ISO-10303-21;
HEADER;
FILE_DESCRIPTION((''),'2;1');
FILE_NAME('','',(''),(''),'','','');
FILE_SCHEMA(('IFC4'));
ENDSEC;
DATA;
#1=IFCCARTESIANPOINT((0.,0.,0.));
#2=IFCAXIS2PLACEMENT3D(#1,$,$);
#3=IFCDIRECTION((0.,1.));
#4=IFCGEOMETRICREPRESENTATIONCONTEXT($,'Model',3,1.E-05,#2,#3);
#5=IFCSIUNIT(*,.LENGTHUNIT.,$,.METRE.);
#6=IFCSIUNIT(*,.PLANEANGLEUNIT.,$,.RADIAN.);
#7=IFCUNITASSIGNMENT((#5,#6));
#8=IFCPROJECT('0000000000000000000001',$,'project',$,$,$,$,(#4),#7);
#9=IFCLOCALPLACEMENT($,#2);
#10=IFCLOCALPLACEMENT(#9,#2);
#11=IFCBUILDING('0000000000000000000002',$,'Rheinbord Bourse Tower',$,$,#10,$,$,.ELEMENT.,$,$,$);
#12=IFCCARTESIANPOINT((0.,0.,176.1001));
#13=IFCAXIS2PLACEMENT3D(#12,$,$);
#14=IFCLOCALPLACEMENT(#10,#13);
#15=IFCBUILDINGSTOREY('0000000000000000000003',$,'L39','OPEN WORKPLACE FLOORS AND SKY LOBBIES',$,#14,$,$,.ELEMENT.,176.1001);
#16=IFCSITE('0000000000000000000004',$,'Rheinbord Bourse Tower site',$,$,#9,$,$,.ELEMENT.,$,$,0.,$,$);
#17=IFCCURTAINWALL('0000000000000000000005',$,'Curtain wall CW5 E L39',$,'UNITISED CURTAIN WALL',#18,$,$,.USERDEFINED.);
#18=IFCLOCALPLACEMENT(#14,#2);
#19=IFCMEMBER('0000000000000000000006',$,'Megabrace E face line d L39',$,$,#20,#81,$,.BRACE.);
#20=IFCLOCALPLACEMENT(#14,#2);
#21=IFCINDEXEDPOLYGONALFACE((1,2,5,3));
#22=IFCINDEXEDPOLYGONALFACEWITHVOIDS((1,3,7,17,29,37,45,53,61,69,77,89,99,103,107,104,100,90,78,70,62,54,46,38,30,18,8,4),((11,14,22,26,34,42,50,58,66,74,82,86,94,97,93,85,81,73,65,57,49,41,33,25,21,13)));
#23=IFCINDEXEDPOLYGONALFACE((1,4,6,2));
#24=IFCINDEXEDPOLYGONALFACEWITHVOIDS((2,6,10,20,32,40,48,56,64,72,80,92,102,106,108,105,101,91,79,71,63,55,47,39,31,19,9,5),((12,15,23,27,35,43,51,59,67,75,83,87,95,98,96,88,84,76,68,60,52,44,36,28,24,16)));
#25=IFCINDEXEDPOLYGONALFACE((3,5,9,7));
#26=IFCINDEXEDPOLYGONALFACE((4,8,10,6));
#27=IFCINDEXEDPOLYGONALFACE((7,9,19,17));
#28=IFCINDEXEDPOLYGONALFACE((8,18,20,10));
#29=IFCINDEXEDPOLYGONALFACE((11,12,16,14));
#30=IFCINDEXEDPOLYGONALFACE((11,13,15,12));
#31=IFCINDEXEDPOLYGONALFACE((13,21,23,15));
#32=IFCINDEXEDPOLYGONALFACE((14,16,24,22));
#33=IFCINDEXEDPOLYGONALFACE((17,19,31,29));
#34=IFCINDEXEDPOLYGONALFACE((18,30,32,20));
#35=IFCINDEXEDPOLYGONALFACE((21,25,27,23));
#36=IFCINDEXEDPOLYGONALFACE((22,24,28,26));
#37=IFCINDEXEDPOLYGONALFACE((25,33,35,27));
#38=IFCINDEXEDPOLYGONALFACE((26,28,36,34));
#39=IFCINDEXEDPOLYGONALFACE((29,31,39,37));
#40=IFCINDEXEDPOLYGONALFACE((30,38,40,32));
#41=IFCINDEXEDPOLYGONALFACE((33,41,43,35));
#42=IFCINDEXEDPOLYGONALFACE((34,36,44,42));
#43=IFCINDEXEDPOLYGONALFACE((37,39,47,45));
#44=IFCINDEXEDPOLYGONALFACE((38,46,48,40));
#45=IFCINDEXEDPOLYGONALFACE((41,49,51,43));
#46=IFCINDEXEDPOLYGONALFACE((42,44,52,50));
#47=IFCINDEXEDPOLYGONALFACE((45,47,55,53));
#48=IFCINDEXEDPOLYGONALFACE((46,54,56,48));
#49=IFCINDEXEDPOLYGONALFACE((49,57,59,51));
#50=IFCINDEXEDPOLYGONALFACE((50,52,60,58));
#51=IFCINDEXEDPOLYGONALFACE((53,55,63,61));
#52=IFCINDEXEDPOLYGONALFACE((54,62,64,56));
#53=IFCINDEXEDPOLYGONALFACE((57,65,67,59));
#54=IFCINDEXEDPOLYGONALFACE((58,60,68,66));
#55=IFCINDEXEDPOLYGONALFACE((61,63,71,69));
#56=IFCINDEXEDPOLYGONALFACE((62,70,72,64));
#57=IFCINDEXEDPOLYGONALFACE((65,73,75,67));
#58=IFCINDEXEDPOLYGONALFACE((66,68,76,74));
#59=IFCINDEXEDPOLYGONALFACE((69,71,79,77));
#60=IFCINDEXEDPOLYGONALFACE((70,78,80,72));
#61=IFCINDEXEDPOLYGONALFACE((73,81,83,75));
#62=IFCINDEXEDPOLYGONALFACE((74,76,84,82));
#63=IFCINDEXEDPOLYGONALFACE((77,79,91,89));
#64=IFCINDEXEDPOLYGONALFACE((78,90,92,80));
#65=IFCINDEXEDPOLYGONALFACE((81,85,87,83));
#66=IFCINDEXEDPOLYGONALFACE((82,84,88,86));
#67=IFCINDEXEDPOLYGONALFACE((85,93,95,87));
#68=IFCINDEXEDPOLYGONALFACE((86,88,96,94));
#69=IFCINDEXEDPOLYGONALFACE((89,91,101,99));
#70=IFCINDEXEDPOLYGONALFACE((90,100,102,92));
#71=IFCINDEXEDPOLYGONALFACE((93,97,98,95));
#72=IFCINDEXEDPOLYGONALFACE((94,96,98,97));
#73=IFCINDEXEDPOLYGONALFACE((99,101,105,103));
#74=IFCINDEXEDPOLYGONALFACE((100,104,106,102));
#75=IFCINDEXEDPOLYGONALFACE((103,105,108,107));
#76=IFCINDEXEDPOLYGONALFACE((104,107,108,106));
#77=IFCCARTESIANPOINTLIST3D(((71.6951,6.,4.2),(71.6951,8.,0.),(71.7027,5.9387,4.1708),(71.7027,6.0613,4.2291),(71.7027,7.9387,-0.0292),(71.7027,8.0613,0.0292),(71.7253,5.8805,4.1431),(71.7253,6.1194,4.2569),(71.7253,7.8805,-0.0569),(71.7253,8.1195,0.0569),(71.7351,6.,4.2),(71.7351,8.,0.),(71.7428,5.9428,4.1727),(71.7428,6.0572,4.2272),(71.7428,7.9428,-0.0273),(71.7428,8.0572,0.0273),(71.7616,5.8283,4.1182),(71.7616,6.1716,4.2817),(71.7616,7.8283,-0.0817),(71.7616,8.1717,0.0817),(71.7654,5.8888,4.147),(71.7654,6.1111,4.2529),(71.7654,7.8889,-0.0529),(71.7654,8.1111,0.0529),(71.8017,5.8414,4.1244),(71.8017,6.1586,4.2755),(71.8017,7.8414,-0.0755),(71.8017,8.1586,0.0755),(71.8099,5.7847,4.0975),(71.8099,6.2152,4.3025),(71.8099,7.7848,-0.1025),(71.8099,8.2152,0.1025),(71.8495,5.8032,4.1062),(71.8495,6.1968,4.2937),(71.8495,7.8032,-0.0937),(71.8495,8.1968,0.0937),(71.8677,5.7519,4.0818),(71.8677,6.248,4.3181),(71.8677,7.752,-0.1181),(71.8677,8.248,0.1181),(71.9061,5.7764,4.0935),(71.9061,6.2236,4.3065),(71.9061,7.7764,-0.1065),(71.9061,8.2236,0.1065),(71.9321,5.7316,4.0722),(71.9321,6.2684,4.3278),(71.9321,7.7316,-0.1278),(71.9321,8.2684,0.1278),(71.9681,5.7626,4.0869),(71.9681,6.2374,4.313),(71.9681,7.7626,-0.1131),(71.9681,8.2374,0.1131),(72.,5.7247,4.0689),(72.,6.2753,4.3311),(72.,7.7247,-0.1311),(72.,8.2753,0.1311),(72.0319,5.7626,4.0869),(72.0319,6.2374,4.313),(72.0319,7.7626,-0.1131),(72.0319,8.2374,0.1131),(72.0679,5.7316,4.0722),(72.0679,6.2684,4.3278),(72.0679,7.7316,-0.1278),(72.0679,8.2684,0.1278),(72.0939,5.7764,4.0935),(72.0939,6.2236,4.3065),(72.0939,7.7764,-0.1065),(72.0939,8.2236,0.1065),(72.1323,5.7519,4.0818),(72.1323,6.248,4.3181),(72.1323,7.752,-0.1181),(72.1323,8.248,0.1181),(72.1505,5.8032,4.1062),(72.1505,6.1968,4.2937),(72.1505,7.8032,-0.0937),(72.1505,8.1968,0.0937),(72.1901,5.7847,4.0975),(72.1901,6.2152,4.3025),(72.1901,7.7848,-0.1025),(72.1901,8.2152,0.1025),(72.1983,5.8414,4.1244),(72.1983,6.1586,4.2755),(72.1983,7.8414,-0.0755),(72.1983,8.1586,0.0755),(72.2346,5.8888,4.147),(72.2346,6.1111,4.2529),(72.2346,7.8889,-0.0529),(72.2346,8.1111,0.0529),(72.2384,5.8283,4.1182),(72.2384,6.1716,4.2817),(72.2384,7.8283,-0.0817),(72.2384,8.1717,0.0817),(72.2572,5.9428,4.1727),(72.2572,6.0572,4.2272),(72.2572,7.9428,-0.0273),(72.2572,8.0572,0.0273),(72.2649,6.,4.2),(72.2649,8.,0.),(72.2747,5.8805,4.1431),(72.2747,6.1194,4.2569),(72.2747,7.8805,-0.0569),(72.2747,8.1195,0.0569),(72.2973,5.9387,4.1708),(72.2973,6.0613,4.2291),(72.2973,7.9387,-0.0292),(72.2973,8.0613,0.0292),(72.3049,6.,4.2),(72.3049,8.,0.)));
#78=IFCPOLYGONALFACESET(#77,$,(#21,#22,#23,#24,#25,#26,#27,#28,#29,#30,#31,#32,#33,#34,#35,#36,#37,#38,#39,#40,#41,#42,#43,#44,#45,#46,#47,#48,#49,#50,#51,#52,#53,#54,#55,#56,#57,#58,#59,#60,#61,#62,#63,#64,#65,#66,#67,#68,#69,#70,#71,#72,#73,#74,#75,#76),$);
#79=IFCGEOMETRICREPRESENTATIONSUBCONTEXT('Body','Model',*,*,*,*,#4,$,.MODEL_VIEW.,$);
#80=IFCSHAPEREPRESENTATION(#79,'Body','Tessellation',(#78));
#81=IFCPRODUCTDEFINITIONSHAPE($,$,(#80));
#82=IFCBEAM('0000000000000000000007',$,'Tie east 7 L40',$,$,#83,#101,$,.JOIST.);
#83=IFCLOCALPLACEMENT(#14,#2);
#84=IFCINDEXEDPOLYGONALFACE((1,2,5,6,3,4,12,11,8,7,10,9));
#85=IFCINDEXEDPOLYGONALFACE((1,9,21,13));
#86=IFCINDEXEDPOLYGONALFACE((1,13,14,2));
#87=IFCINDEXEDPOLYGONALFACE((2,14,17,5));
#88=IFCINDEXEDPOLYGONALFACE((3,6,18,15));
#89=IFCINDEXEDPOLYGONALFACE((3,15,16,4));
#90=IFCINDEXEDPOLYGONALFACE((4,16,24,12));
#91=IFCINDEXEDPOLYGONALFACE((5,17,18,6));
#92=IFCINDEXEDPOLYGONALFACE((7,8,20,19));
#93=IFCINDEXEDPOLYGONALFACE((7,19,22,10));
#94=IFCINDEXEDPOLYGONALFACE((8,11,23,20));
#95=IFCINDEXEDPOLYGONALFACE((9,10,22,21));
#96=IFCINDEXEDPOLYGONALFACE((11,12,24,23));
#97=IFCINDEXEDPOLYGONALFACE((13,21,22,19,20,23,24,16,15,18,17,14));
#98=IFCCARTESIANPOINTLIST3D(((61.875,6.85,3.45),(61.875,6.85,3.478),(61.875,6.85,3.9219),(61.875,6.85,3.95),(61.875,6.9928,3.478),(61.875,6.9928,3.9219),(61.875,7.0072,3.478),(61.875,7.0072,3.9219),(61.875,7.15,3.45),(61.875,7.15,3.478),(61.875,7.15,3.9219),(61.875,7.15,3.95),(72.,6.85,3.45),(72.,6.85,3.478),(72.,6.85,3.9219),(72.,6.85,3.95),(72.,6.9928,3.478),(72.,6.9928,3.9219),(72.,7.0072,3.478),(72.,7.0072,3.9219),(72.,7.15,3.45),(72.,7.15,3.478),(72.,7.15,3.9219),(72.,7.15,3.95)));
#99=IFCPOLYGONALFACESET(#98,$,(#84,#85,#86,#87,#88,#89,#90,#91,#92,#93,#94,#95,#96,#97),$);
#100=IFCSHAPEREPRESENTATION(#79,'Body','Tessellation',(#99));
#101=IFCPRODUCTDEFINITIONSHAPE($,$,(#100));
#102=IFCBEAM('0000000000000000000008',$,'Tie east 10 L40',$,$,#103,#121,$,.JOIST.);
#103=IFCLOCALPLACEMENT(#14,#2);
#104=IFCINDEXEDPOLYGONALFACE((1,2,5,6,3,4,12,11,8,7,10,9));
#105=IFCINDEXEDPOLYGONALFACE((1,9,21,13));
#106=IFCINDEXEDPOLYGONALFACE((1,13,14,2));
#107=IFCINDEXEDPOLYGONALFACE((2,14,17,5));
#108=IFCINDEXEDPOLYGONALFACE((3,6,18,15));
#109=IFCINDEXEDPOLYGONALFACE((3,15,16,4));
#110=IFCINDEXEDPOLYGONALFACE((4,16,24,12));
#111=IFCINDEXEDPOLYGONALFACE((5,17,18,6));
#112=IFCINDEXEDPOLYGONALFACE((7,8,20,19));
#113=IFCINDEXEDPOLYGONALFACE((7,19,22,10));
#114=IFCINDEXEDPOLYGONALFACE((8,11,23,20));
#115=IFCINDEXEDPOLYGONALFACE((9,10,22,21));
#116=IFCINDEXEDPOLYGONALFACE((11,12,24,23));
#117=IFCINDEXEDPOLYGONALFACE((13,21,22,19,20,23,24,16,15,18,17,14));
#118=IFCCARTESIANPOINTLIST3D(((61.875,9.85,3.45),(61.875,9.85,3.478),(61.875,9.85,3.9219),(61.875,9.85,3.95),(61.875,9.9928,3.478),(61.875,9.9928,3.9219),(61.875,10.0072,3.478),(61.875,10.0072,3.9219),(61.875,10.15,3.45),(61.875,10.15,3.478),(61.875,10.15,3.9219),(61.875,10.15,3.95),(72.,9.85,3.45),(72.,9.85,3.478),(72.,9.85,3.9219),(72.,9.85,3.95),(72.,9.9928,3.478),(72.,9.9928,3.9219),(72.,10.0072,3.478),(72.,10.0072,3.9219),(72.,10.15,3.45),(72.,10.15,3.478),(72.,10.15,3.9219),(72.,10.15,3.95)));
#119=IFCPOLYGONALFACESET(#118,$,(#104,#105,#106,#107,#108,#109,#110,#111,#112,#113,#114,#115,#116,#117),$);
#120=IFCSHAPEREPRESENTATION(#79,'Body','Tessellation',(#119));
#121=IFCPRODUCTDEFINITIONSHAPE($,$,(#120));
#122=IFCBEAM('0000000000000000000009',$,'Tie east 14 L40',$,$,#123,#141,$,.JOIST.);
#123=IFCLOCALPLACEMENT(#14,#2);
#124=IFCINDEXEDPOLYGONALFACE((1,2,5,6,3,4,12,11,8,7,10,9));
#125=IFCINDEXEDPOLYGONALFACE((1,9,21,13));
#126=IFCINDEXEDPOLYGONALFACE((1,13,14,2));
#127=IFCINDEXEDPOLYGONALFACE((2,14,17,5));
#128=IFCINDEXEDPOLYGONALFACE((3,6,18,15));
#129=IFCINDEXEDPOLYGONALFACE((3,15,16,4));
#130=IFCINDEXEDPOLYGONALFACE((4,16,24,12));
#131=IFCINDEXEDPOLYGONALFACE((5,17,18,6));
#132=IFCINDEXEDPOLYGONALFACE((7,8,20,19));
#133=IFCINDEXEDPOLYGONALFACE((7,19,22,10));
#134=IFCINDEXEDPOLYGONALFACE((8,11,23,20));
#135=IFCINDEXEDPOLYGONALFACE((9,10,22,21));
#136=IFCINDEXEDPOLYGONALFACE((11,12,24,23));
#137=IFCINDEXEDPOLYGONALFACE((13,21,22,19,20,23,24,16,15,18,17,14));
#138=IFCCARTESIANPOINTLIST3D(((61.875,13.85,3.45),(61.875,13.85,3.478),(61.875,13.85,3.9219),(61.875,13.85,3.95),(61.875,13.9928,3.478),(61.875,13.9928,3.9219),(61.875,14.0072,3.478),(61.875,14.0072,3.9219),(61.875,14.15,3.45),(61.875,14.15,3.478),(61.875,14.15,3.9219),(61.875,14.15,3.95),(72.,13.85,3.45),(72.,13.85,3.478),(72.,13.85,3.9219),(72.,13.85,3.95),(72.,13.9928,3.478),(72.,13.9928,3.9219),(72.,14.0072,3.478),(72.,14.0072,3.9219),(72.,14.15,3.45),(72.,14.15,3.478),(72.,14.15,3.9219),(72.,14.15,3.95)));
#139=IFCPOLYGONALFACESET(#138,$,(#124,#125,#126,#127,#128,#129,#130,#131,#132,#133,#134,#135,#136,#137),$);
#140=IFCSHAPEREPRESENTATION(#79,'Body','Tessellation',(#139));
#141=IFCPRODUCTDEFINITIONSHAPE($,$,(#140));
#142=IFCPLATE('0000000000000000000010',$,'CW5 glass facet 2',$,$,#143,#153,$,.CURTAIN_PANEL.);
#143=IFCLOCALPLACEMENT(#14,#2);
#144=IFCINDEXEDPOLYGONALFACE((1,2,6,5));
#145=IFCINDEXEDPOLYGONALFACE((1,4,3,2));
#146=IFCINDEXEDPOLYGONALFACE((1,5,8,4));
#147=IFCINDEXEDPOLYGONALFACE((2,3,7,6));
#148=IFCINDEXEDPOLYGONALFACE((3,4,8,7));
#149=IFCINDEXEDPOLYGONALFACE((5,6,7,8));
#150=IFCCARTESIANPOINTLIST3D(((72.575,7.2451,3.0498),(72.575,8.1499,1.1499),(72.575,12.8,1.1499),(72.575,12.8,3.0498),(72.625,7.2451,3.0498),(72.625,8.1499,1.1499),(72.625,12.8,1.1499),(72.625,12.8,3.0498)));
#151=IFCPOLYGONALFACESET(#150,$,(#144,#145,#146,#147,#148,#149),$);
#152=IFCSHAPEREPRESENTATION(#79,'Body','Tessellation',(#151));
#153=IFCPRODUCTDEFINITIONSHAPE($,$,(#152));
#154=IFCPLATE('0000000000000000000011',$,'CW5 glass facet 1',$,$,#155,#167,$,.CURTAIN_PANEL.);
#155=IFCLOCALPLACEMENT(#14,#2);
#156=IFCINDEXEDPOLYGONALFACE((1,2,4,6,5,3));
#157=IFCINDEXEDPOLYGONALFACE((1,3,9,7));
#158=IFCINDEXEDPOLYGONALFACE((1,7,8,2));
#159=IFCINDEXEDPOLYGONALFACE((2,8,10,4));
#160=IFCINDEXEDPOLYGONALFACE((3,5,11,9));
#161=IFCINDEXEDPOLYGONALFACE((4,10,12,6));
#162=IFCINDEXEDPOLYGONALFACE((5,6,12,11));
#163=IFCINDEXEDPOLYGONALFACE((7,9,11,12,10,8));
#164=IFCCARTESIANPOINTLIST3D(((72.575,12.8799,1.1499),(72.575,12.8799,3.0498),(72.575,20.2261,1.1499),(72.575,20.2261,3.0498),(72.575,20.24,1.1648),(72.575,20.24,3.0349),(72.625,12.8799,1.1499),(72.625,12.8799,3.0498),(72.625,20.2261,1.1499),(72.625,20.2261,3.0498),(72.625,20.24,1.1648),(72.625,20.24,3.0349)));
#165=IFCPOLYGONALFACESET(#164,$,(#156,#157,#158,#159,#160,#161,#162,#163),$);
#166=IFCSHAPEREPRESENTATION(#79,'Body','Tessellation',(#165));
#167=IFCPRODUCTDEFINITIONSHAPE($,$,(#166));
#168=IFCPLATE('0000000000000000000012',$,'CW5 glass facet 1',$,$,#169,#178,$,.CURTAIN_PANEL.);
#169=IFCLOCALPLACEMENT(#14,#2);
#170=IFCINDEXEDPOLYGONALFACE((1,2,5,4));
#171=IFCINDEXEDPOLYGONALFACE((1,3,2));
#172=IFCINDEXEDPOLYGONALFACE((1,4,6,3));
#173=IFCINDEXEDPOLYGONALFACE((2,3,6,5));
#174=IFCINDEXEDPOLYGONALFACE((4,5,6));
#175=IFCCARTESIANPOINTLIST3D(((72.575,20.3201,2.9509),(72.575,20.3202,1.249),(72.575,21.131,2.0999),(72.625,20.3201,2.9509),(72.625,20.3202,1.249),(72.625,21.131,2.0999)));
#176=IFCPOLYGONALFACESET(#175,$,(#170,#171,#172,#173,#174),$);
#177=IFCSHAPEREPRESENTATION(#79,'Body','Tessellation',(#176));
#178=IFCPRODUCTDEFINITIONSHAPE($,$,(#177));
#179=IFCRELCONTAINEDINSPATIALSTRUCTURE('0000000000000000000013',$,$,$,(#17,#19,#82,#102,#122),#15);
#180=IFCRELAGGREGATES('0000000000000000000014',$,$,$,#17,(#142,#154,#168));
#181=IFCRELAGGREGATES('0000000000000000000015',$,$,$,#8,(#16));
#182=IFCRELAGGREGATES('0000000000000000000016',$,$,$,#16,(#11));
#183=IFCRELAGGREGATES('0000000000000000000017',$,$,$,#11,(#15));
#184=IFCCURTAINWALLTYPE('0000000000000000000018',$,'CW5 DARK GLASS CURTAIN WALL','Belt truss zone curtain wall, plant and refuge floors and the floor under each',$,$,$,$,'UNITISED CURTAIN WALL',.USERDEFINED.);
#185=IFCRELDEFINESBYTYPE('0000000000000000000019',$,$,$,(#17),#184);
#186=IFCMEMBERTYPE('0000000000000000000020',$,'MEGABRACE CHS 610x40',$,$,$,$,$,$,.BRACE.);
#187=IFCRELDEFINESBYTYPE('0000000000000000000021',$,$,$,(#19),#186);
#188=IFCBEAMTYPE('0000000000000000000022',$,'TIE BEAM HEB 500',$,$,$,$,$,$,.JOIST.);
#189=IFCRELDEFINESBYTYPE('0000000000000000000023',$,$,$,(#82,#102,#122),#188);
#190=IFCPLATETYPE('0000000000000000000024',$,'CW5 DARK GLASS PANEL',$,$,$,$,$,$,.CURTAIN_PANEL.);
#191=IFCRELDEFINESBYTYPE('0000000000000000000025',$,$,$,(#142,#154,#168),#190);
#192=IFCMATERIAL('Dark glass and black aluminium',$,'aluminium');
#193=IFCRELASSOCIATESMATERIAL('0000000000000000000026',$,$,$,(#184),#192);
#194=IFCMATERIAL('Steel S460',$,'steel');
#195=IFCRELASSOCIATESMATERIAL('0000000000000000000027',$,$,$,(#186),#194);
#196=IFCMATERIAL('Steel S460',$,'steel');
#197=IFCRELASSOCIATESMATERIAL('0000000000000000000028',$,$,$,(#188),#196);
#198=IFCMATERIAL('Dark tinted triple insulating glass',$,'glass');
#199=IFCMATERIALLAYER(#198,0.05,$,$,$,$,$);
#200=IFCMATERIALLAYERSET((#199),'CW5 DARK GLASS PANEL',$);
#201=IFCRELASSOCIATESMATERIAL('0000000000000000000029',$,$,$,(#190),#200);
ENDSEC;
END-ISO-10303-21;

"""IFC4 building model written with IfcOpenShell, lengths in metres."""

from ifc_helpers import new_model, si_unit, direction, frame, origin, origin_2d, place, context, subcontext, project, spatial, polyline, hollow_circle, i_section, outline, extrude, material, layer, layer_set, material_profile, profile_set, type_object, element, aggregate, save


model = new_model("IFC4")

# Units and contexts
model_context = context("Model", 3, precision=1e-05, world=origin(), true_north=direction((0.0, 1.0)))
body_context = subcontext(model_context, "Body", "Model", "MODEL_VIEW")
ifc_project = project(units=[si_unit("LENGTHUNIT", "METRE"), si_unit("PLANEANGLEUNIT", "RADIAN")], contexts=[model_context])

# Site, building, storey
site_placement = place(None, origin())
site = spatial("IfcSite", under=ifc_project, at=site_placement, Name="Rheinbord Bourse Tower site", CompositionType="ELEMENT", RefElevation=0.0)
building_placement = place(site_placement, origin())
building = spatial("IfcBuilding", under=site, at=building_placement, Name="Rheinbord Bourse Tower", CompositionType="ELEMENT")
storey_placement = place(building_placement, frame((0.0, 0.0, 176.1001)))
storey = spatial("IfcBuildingStorey", under=building, at=storey_placement, Name="L39", Description="OPEN WORKPLACE FLOORS AND SKY LOBBIES", CompositionType="ELEMENT", Elevation=176.1001)

# Curtain wall
ifc_material_1 = material(Name="Dark glass and black aluminium", Category="aluminium")
curtain_wall_type = type_object("IfcCurtainWallType", Name="CW5 DARK GLASS CURTAIN WALL", Description="Belt truss zone curtain wall, plant and refuge floors and the floor under each", ElementType="UNITISED CURTAIN WALL", PredefinedType="USERDEFINED", material=ifc_material_1)
curtain_wall_placement = place(storey_placement, origin())
curtain_wall = element("IfcCurtainWall", 1, at=curtain_wall_placement, inside=storey, type_object=curtain_wall_type, Name="Curtain wall CW5 E L39", ObjectType="UNITISED CURTAIN WALL", PredefinedType="USERDEFINED")

# Member
ifc_material_2 = material(Name="Steel S460", Category="steel")
ifc_material_profile_1 = material_profile(ifc_material_2, hollow_circle(Radius=0.3049, WallThickness=0.04, at=origin_2d()), Name="CHS 610x40")
ifc_profile_set_1 = profile_set([ifc_material_profile_1], Name="Steel S460")
member_type_1 = type_object("IfcMemberType", Name="MEGABRACE CHS 610x40", PredefinedType="BRACE", material=ifc_profile_set_1)
member_1_placement = place(storey_placement, frame((72.0, 8.0, 0.0), z_axis=(0.0, -0.429938, 0.902859), x_axis=(1.0, 0.0, 0.0)))
element("IfcMember", 2, at=member_1_placement, inside=storey, type_object=member_type_1, Name="Megabrace E face line d L39", PredefinedType="BRACE", context=body_context, shape_type="SweptSolid", body=[
    extrude(hollow_circle(Radius=0.3049, WallThickness=0.04, at=origin_2d()), origin(), (0.0, 0.0, 1.0), 4.6519),
])

# Beams
ifc_material_3 = material(Name="Steel S460", Category="steel")
ifc_material_profile_2 = material_profile(ifc_material_3, i_section(OverallWidth=0.3, OverallDepth=0.5, WebThickness=0.0144, FlangeThickness=0.0281, at=origin_2d()), Name="HEB 500")
ifc_profile_set_2 = profile_set([ifc_material_profile_2], Name="Steel S460")
beam_type_1 = type_object("IfcBeamType", Name="TIE BEAM HEB 500", PredefinedType="JOIST", material=ifc_profile_set_2)
for number, where, z_axis, x_axis, name in (
    (3, (61.875, 7.0, 3.7), (1.0, 0.0, 0.0), (0.0, 1.0, 0.0), "Tie east 7 L40"),
    (4, (61.875, 10.0, 3.7), (1.0, 0.0, 0.0), (0.0, 1.0, 0.0), "Tie east 10 L40"),
    (5, (61.875, 14.0, 3.7), (1.0, 0.0, 0.0), (0.0, 1.0, 0.0), "Tie east 14 L40"),
):
    element("IfcBeam", number, at=place(storey_placement, frame(where, z_axis=z_axis, x_axis=x_axis)), inside=storey, type_object=beam_type_1, Name=name, PredefinedType="JOIST", context=body_context, shape_type="SweptSolid", body=[
        extrude(i_section(OverallWidth=0.3, OverallDepth=0.5, WebThickness=0.0144, FlangeThickness=0.0281, at=origin_2d()), origin(), (0.0, 0.0, 1.0), 10.125),
    ])

# Plates
ifc_material_4 = material(Name="Dark tinted triple insulating glass", Category="glass")
ifc_layer_1 = layer(ifc_material_4, 0.05)
ifc_layer_set_1 = layer_set([ifc_layer_1], Name="CW5 DARK GLASS PANEL")
plate_type = type_object("IfcPlateType", Name="CW5 DARK GLASS PANEL", PredefinedType="CURTAIN_PANEL", material=ifc_layer_set_1)
plate_1_placement = place(storey_placement, frame((72.625, 12.8, 3.0498), z_axis=(-1.0, 0.0, 0.0), x_axis=(0.0, 0.0, -1.0)))
plate_1 = element("IfcPlate", 6, at=plate_1_placement, type_object=plate_type, Name="CW5 glass facet 2", PredefinedType="CURTAIN_PANEL", context=body_context, shape_type="SweptSolid", body=[
    extrude(outline(polyline([(0.0, 0.0), (1.8999, 0.0), (1.8999, 4.6501), (0.0, 5.5549), (0.0, 0.0)])), origin(), (0.0, 0.0, 1.0), 0.05),
])
plate_2_placement = place(storey_placement, frame((72.625, 12.8799, 1.1499), z_axis=(-1.0, 0.0, 0.0), x_axis=(0.0, 0.0, 1.0)))
plate_2 = element("IfcPlate", 7, at=plate_2_placement, type_object=plate_type, Name="CW5 glass facet 1", PredefinedType="CURTAIN_PANEL", context=body_context, shape_type="SweptSolid", body=[
    extrude(outline(polyline([(0.0, 0.0), (1.8999, 0.0), (1.8999, 7.3462), (1.885, 7.3601), (0.0149, 7.3601), (0.0, 7.3462), (0.0, 0.0)])), origin(), (0.0, 0.0, 1.0), 0.05),
])
plate_3_placement = place(storey_placement, frame((72.625, 20.3201, 2.9509), z_axis=(-1.0, 0.0, 0.0), x_axis=(0.0, 0.689873, -0.72393)))
plate_3 = element("IfcPlate", 8, at=plate_3_placement, type_object=plate_type, Name="CW5 glass facet 1", PredefinedType="CURTAIN_PANEL", context=body_context, shape_type="SweptSolid", body=[
    extrude(outline(polyline([(0.0, 0.0), (1.1755, 0.0), (1.2322, 1.1741), (0.0, 0.0)])), origin(), (0.0, 0.0, 1.0), 0.05),
])
aggregate(curtain_wall, [plate_1, plate_2, plate_3])

save(model, "model.ifc")
